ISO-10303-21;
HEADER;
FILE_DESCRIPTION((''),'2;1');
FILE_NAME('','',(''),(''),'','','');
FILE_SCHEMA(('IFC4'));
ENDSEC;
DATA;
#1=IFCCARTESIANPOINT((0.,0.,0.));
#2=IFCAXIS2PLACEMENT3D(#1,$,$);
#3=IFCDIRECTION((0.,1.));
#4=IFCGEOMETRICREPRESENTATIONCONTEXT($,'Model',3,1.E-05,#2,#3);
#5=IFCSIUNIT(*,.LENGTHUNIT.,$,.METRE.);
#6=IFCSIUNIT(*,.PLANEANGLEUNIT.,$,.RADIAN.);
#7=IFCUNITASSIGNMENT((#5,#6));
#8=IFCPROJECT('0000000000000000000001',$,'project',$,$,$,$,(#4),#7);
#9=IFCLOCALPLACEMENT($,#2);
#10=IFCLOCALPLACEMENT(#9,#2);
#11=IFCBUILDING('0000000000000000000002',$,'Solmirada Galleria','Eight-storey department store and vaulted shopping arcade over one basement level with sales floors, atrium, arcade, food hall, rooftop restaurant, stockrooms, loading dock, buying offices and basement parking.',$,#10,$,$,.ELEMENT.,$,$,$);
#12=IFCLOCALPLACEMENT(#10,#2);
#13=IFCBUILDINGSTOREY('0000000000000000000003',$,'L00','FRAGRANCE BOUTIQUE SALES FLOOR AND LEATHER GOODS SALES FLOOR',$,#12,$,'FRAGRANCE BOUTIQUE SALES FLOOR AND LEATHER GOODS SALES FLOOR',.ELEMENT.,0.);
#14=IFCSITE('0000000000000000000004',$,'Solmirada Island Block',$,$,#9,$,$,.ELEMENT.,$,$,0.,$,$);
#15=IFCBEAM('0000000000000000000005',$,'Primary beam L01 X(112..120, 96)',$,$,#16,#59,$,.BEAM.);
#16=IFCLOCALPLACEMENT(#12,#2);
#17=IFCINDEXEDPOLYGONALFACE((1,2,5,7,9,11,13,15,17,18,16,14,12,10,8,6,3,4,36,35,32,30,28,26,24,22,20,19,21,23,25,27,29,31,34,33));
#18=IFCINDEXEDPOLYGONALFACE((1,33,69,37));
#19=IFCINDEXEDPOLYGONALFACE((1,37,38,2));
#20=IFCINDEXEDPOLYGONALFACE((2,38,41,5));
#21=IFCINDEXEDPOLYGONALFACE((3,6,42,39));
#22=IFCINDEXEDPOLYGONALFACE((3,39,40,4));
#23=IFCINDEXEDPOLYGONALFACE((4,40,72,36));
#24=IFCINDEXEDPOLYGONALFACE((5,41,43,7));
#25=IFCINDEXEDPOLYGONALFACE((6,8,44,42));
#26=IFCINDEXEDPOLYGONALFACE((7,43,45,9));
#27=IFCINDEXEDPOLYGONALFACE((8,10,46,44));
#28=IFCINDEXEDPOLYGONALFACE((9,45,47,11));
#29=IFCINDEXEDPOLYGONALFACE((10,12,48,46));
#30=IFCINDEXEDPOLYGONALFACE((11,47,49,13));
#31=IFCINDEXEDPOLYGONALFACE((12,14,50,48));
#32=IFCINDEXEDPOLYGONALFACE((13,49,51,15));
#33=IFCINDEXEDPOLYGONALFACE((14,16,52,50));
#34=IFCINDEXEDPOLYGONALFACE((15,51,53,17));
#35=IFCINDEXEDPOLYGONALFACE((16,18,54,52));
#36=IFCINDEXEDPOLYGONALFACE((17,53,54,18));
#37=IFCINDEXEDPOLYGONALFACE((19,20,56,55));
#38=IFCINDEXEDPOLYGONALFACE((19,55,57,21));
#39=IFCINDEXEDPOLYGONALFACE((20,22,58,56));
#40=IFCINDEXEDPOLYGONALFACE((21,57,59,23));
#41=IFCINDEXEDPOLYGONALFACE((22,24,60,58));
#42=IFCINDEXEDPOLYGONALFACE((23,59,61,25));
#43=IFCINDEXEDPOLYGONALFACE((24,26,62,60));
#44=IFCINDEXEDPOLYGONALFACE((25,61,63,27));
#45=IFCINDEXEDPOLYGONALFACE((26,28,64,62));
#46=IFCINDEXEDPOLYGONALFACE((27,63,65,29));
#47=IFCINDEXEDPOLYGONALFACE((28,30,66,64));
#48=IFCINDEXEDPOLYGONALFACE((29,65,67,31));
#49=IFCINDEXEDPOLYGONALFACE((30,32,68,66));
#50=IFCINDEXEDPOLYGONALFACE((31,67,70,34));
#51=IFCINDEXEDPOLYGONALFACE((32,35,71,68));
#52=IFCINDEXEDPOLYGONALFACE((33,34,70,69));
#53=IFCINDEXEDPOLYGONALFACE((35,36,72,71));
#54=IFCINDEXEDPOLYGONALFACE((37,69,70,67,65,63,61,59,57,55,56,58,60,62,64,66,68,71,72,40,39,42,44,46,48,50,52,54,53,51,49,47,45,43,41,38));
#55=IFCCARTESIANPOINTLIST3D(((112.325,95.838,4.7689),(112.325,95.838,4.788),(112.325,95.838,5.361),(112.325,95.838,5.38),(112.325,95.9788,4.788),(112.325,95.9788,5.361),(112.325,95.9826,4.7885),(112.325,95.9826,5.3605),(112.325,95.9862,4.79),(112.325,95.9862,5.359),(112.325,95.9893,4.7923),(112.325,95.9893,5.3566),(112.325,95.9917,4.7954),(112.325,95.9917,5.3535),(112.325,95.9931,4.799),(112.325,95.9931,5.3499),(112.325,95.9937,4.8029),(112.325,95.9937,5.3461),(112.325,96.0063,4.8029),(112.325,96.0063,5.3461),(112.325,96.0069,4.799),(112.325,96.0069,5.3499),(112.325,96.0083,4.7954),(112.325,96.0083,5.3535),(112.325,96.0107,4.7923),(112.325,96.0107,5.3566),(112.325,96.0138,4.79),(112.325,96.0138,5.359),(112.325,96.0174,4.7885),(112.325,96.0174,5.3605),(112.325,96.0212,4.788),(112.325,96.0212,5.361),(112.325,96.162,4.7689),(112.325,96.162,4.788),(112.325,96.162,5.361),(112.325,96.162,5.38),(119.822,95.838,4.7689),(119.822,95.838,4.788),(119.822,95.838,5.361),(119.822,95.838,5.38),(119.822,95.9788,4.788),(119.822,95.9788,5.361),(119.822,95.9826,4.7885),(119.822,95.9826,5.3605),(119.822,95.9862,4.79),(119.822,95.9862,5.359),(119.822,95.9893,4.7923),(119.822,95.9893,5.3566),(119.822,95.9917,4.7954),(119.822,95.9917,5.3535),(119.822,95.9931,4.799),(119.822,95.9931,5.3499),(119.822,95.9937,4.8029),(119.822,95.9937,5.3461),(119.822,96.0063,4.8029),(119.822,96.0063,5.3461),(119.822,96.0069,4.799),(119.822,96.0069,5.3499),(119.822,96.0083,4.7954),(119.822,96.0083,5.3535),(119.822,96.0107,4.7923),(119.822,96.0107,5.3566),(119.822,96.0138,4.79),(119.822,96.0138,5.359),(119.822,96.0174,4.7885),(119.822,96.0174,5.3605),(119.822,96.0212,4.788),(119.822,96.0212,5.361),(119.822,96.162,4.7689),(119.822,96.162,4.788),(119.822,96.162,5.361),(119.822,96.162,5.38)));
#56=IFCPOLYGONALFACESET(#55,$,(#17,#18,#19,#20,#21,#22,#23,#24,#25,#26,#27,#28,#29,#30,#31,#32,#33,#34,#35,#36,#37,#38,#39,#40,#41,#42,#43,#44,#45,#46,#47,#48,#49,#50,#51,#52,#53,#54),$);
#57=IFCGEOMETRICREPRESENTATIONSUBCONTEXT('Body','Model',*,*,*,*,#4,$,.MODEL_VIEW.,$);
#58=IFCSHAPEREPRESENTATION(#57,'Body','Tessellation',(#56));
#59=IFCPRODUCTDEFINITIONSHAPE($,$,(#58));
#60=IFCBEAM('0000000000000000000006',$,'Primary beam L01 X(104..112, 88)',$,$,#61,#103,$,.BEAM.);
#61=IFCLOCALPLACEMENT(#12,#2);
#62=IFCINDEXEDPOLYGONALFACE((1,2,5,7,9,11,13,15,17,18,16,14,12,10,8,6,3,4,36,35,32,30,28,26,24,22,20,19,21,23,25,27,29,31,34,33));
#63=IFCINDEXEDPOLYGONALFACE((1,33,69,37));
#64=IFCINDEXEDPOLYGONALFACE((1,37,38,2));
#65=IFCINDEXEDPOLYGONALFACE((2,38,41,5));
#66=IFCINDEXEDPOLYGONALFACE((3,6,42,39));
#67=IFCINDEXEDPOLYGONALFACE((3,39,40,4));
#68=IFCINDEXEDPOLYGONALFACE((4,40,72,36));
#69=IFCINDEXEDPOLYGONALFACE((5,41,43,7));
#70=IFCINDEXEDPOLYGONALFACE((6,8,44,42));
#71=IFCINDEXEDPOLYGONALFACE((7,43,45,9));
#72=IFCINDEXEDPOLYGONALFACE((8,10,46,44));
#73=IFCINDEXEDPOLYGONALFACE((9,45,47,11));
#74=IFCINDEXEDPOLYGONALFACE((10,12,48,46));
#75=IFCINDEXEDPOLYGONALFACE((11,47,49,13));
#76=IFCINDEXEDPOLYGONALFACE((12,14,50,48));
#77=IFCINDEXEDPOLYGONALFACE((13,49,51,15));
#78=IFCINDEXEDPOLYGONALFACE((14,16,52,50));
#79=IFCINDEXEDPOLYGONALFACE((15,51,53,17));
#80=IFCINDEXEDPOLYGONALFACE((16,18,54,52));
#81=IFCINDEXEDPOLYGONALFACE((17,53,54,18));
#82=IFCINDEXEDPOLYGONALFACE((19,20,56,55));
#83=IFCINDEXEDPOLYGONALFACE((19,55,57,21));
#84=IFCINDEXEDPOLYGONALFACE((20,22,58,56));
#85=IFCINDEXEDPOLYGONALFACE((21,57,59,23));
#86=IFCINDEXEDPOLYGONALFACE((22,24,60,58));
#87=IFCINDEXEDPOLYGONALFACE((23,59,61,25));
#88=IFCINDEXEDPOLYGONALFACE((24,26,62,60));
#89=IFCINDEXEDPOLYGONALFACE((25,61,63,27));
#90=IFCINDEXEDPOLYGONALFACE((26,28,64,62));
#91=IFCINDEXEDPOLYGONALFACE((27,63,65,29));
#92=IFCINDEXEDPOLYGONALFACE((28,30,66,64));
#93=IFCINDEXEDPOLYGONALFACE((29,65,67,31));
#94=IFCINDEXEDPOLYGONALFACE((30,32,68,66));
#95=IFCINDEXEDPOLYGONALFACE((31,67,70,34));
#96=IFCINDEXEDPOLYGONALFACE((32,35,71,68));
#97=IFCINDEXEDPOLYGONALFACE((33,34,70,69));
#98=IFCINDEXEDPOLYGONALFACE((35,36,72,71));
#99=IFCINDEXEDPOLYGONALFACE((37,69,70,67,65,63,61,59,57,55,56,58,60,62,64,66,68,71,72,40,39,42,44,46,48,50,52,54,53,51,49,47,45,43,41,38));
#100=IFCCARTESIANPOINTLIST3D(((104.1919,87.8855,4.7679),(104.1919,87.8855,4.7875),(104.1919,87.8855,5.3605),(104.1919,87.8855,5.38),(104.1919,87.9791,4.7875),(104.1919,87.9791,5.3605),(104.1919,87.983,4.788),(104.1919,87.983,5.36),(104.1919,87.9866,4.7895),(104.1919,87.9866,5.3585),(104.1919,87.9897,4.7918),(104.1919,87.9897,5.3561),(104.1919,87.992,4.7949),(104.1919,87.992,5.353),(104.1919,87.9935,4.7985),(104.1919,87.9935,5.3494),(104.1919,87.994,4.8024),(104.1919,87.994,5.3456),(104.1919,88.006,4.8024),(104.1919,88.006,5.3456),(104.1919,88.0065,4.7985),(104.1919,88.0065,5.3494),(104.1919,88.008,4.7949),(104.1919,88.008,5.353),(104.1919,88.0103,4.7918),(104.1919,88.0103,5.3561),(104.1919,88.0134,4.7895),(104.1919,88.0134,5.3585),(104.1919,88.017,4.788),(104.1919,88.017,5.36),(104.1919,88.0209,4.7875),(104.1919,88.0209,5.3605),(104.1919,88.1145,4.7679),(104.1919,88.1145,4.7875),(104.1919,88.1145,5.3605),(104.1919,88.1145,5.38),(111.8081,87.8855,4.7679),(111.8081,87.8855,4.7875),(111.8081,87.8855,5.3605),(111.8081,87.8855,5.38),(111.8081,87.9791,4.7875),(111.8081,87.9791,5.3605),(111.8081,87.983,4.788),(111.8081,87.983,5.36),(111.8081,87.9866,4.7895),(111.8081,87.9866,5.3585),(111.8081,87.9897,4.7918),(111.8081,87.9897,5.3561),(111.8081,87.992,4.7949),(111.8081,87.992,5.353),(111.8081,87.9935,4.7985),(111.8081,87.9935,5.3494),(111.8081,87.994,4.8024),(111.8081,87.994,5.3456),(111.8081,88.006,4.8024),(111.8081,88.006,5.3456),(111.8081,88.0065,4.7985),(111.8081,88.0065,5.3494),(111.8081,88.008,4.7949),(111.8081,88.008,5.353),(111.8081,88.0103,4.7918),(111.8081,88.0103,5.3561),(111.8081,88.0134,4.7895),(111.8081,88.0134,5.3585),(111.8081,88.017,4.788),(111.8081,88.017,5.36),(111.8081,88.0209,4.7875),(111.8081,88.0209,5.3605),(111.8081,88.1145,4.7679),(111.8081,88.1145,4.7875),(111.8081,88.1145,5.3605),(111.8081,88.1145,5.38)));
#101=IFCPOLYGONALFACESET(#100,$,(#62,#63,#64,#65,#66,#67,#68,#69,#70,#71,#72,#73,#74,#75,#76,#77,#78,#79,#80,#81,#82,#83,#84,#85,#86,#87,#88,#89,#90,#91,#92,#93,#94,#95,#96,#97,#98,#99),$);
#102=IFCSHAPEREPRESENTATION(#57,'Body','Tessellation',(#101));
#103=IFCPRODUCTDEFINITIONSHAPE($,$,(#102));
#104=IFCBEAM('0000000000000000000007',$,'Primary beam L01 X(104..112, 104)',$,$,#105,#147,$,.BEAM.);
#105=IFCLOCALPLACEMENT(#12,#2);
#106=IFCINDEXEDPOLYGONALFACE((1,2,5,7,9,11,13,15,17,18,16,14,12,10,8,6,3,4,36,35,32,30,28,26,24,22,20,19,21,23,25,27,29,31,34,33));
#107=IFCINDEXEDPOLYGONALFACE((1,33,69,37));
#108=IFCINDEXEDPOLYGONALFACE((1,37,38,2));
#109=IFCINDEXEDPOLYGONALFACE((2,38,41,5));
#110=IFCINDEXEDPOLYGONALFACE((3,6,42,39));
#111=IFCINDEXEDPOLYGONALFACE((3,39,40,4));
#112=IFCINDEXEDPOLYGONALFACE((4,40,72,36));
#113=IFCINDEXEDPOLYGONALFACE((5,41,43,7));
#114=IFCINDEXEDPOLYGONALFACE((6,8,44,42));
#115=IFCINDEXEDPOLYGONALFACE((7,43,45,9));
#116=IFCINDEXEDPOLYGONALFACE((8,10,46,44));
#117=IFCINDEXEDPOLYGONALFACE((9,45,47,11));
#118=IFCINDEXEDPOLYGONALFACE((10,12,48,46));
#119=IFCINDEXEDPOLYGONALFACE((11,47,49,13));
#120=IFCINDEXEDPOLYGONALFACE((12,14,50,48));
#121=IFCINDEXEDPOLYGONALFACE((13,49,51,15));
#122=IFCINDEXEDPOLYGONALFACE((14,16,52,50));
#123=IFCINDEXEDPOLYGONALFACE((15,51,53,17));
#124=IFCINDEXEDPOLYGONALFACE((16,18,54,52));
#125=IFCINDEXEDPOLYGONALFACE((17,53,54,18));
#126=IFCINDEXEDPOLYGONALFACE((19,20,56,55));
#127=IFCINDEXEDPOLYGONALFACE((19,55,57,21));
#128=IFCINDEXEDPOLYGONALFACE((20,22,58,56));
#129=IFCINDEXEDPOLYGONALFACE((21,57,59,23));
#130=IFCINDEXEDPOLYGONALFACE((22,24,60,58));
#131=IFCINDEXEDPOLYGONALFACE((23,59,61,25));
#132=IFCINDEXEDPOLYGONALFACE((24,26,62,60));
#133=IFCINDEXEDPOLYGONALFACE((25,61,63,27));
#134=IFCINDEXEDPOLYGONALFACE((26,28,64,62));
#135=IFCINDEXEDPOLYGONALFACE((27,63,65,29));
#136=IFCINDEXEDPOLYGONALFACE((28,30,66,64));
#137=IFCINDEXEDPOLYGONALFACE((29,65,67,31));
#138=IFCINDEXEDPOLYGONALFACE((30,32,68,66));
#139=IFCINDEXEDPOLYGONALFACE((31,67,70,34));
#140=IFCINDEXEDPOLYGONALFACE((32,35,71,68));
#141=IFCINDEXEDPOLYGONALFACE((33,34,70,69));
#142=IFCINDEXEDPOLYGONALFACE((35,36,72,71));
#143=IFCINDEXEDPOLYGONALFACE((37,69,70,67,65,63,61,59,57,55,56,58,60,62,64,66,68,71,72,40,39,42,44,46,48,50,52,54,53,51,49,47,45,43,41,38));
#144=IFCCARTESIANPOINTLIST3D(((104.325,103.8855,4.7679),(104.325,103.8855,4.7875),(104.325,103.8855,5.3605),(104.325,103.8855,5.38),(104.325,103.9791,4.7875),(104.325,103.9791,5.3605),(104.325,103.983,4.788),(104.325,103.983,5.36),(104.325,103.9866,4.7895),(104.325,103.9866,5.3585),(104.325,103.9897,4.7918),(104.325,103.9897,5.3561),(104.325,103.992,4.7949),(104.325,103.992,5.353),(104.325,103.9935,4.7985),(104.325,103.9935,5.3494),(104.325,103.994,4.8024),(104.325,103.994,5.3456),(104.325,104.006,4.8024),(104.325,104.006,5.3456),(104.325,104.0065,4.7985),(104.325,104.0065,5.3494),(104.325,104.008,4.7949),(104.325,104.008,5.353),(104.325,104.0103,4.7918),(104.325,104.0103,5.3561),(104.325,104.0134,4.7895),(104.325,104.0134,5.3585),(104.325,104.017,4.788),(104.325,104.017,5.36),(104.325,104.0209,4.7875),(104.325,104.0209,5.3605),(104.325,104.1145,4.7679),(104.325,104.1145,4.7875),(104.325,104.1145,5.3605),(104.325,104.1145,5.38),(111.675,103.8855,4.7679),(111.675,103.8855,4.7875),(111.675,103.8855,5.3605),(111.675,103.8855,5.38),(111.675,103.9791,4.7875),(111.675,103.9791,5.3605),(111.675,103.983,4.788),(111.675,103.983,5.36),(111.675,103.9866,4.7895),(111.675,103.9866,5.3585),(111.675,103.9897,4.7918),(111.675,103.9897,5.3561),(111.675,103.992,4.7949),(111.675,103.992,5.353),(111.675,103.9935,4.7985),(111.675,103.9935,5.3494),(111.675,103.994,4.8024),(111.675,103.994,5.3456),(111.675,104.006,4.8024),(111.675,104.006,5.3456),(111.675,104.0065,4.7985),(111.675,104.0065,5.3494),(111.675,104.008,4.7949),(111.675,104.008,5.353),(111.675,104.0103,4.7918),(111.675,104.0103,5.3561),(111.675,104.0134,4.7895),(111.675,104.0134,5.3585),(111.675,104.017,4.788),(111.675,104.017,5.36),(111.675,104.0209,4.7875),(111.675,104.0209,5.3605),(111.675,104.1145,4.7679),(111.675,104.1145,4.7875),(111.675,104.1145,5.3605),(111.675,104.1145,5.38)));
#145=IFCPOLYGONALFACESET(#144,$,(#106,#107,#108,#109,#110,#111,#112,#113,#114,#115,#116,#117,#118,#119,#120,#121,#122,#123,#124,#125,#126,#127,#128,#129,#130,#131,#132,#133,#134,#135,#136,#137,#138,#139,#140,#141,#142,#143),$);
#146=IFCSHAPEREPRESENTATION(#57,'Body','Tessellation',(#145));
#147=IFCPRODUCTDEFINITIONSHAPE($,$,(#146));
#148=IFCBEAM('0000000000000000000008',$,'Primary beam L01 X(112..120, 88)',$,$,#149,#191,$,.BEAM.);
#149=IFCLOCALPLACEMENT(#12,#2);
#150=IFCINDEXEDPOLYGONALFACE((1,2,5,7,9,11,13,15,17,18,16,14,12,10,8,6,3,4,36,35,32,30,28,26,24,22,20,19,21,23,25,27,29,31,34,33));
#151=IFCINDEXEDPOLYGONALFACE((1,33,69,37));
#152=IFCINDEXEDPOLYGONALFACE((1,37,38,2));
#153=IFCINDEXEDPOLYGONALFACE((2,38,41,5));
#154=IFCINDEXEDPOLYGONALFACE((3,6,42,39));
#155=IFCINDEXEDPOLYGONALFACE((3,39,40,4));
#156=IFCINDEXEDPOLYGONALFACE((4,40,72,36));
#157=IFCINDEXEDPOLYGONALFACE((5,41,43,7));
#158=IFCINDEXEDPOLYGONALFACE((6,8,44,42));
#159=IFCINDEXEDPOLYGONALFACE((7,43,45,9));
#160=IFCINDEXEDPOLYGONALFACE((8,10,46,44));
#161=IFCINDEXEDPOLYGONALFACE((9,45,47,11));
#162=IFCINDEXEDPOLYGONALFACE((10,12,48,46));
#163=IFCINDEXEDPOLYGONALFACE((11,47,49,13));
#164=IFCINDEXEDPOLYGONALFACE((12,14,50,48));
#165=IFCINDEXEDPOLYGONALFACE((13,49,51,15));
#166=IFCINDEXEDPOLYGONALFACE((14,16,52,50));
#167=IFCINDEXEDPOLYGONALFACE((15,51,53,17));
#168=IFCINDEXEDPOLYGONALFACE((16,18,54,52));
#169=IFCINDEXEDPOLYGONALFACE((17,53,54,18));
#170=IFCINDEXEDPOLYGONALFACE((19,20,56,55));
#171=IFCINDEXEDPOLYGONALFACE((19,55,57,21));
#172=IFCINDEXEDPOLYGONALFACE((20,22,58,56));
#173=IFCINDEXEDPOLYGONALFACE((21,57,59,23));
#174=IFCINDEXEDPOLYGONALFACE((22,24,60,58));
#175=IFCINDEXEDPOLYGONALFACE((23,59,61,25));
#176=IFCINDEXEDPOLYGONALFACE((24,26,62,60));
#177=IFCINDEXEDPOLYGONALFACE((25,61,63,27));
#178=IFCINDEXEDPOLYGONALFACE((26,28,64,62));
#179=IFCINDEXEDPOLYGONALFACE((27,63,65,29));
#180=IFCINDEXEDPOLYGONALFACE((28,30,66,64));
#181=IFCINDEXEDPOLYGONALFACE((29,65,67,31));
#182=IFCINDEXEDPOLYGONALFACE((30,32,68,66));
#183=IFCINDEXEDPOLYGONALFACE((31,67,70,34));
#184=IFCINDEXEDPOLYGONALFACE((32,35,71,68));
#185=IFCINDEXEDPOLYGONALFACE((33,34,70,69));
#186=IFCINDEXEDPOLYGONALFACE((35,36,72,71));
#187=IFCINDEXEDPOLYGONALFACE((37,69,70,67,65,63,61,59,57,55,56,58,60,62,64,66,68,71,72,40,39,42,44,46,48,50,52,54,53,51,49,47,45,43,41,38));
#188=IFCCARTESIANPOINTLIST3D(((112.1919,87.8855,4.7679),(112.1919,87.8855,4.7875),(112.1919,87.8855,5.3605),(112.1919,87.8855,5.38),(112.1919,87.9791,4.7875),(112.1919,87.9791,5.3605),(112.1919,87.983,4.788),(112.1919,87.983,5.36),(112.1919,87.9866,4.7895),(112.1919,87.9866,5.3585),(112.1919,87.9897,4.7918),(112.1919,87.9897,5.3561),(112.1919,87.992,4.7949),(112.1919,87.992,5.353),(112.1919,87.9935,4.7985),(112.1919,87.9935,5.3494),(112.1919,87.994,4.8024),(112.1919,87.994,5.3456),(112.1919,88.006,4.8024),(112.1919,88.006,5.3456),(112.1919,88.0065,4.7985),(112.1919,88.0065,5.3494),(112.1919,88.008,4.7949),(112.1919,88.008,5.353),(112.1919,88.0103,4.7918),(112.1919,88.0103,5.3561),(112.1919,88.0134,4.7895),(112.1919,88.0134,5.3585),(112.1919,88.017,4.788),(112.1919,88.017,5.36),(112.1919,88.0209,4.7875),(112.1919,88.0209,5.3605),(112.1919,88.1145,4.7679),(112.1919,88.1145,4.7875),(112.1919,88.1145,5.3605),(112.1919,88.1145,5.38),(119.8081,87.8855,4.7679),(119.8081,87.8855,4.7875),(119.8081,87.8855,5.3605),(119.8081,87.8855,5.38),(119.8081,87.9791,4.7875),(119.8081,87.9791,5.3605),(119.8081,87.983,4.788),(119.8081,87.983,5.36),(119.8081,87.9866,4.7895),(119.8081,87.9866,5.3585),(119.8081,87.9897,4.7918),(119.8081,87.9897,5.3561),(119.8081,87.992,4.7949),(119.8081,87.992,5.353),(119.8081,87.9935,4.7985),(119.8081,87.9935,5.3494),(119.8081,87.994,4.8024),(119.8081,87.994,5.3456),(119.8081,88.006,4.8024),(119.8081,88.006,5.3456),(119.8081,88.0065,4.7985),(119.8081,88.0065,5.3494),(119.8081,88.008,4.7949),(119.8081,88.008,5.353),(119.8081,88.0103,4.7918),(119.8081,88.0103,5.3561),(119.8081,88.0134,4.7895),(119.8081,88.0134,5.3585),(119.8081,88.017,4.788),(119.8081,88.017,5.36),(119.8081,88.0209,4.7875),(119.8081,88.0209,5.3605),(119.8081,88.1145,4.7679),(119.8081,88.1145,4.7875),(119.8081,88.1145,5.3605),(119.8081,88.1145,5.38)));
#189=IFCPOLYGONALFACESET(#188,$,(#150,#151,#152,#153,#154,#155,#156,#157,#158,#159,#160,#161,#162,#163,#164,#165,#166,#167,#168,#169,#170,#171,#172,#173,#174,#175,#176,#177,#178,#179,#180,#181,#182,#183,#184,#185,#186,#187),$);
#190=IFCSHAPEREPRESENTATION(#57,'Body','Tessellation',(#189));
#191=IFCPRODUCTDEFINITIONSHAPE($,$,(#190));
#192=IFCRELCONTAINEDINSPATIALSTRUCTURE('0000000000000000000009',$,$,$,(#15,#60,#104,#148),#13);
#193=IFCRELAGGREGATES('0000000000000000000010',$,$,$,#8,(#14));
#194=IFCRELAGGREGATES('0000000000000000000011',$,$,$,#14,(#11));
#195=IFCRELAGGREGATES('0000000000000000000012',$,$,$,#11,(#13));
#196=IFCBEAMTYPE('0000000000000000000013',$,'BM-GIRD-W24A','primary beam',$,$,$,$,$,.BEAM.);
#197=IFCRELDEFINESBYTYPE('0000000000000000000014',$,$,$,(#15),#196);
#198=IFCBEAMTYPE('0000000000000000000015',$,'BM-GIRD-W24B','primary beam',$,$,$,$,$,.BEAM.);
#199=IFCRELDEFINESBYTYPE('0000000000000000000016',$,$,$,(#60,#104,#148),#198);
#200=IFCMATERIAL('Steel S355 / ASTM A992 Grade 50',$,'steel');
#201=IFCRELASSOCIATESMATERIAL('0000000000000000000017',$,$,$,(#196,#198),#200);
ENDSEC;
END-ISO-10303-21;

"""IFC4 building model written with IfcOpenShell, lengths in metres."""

from ifc_helpers import new_model, si_unit, direction, frame, origin, origin_2d, place, context, subcontext, project, spatial, i_section, extrude, material, material_profile, profile_set, type_object, element, save


model = new_model("IFC4")

# Units and contexts
model_context = context("Model", 3, precision=1e-05, world=origin(), true_north=direction((0.0, 1.0)))
body_context = subcontext(model_context, "Body", "Model", "MODEL_VIEW")
ifc_project = project(units=[si_unit("LENGTHUNIT", "METRE"), si_unit("PLANEANGLEUNIT", "RADIAN")], contexts=[model_context])

# Site, building, storey
site_placement = place(None, origin())
site = spatial("IfcSite", under=ifc_project, at=site_placement, Name="Solmirada Island Block", CompositionType="ELEMENT", RefElevation=0.0)
building_placement = place(site_placement, origin())
building = spatial("IfcBuilding", under=site, at=building_placement, Name="Solmirada Galleria", Description="Eight-storey department store and vaulted shopping arcade over one basement level with sales floors, atrium, arcade, food hall, rooftop restaurant, stockrooms, loading dock, buying offices and basement parking.", CompositionType="ELEMENT")
storey_placement = place(building_placement, origin())
storey = spatial("IfcBuildingStorey", under=building, at=storey_placement, Name="L00", Description="FRAGRANCE BOUTIQUE SALES FLOOR AND LEATHER GOODS SALES FLOOR", LongName="FRAGRANCE BOUTIQUE SALES FLOOR AND LEATHER GOODS SALES FLOOR", CompositionType="ELEMENT", Elevation=0.0)

# Beams
ifc_material_1 = material(Name="Steel S355 / ASTM A992 Grade 50", Category="steel")
ifc_material_profile_1 = material_profile(ifc_material_1, i_section(OverallWidth=0.324, OverallDepth=0.6111, WebThickness=0.0127, FlangeThickness=0.019, FilletRadius=0.0149, at=origin_2d()), Name="W24X104")
ifc_profile_set_1 = profile_set([ifc_material_profile_1], Name="Steel S355 / ASTM A992 Grade 50")
beam_type_1 = type_object("IfcBeamType", Name="BM-GIRD-W24A", Description="primary beam", PredefinedType="BEAM", material=ifc_profile_set_1)
beam_1_placement = place(storey_placement, frame((112.325, 96.0, 5.0745), z_axis=(1.0, 0.0, 0.0), x_axis=(0.0, 1.0, 0.0)))
element("IfcBeam", 1, at=beam_1_placement, inside=storey, type_object=beam_type_1, Name="Primary beam L01 X(112..120, 96)", PredefinedType="BEAM", context=body_context, shape_type="SweptSolid", body=[
    extrude(i_section(OverallWidth=0.324, OverallDepth=0.6111, WebThickness=0.0127, FlangeThickness=0.019, FilletRadius=0.0149, at=origin_2d()), origin(), (0.0, 0.0, 1.0), 7.4971),
])
ifc_material_profile_2 = material_profile(ifc_material_1, i_section(OverallWidth=0.229, OverallDepth=0.6121, WebThickness=0.012, FlangeThickness=0.0195, FilletRadius=0.0149, at=origin_2d()), Name="W24X84")
ifc_profile_set_2 = profile_set([ifc_material_profile_2], Name="Steel S355 / ASTM A992 Grade 50")
beam_type_2 = type_object("IfcBeamType", Name="BM-GIRD-W24B", Description="primary beam", PredefinedType="BEAM", material=ifc_profile_set_2)
beam_2_placement = place(storey_placement, frame((104.1919, 88.0, 5.074), z_axis=(1.0, 0.0, 0.0), x_axis=(0.0, 1.0, 0.0)))
element("IfcBeam", 2, at=beam_2_placement, inside=storey, type_object=beam_type_2, Name="Primary beam L01 X(104..112, 88)", PredefinedType="BEAM", context=body_context, shape_type="SweptSolid", body=[
    extrude(i_section(OverallWidth=0.229, OverallDepth=0.6121, WebThickness=0.012, FlangeThickness=0.0195, FilletRadius=0.0149, at=origin_2d()), origin(), (0.0, 0.0, 1.0), 7.6162),
])
beam_3_placement = place(storey_placement, frame((104.325, 104.0, 5.074), z_axis=(1.0, 0.0, 0.0), x_axis=(0.0, 1.0, 0.0)))
element("IfcBeam", 3, at=beam_3_placement, inside=storey, type_object=beam_type_2, Name="Primary beam L01 X(104..112, 104)", PredefinedType="BEAM", context=body_context, shape_type="SweptSolid", body=[
    extrude(i_section(OverallWidth=0.229, OverallDepth=0.6121, WebThickness=0.012, FlangeThickness=0.0195, FilletRadius=0.0149, at=origin_2d()), origin(), (0.0, 0.0, 1.0), 7.3501),
])
beam_4_placement = place(storey_placement, frame((112.1919, 88.0, 5.074), z_axis=(1.0, 0.0, 0.0), x_axis=(0.0, 1.0, 0.0)))
element("IfcBeam", 4, at=beam_4_placement, inside=storey, type_object=beam_type_2, Name="Primary beam L01 X(112..120, 88)", PredefinedType="BEAM", context=body_context, shape_type="SweptSolid", body=[
    extrude(i_section(OverallWidth=0.229, OverallDepth=0.6121, WebThickness=0.012, FlangeThickness=0.0195, FilletRadius=0.0149, at=origin_2d()), origin(), (0.0, 0.0, 1.0), 7.6162),
])

save(model, "model.ifc")
